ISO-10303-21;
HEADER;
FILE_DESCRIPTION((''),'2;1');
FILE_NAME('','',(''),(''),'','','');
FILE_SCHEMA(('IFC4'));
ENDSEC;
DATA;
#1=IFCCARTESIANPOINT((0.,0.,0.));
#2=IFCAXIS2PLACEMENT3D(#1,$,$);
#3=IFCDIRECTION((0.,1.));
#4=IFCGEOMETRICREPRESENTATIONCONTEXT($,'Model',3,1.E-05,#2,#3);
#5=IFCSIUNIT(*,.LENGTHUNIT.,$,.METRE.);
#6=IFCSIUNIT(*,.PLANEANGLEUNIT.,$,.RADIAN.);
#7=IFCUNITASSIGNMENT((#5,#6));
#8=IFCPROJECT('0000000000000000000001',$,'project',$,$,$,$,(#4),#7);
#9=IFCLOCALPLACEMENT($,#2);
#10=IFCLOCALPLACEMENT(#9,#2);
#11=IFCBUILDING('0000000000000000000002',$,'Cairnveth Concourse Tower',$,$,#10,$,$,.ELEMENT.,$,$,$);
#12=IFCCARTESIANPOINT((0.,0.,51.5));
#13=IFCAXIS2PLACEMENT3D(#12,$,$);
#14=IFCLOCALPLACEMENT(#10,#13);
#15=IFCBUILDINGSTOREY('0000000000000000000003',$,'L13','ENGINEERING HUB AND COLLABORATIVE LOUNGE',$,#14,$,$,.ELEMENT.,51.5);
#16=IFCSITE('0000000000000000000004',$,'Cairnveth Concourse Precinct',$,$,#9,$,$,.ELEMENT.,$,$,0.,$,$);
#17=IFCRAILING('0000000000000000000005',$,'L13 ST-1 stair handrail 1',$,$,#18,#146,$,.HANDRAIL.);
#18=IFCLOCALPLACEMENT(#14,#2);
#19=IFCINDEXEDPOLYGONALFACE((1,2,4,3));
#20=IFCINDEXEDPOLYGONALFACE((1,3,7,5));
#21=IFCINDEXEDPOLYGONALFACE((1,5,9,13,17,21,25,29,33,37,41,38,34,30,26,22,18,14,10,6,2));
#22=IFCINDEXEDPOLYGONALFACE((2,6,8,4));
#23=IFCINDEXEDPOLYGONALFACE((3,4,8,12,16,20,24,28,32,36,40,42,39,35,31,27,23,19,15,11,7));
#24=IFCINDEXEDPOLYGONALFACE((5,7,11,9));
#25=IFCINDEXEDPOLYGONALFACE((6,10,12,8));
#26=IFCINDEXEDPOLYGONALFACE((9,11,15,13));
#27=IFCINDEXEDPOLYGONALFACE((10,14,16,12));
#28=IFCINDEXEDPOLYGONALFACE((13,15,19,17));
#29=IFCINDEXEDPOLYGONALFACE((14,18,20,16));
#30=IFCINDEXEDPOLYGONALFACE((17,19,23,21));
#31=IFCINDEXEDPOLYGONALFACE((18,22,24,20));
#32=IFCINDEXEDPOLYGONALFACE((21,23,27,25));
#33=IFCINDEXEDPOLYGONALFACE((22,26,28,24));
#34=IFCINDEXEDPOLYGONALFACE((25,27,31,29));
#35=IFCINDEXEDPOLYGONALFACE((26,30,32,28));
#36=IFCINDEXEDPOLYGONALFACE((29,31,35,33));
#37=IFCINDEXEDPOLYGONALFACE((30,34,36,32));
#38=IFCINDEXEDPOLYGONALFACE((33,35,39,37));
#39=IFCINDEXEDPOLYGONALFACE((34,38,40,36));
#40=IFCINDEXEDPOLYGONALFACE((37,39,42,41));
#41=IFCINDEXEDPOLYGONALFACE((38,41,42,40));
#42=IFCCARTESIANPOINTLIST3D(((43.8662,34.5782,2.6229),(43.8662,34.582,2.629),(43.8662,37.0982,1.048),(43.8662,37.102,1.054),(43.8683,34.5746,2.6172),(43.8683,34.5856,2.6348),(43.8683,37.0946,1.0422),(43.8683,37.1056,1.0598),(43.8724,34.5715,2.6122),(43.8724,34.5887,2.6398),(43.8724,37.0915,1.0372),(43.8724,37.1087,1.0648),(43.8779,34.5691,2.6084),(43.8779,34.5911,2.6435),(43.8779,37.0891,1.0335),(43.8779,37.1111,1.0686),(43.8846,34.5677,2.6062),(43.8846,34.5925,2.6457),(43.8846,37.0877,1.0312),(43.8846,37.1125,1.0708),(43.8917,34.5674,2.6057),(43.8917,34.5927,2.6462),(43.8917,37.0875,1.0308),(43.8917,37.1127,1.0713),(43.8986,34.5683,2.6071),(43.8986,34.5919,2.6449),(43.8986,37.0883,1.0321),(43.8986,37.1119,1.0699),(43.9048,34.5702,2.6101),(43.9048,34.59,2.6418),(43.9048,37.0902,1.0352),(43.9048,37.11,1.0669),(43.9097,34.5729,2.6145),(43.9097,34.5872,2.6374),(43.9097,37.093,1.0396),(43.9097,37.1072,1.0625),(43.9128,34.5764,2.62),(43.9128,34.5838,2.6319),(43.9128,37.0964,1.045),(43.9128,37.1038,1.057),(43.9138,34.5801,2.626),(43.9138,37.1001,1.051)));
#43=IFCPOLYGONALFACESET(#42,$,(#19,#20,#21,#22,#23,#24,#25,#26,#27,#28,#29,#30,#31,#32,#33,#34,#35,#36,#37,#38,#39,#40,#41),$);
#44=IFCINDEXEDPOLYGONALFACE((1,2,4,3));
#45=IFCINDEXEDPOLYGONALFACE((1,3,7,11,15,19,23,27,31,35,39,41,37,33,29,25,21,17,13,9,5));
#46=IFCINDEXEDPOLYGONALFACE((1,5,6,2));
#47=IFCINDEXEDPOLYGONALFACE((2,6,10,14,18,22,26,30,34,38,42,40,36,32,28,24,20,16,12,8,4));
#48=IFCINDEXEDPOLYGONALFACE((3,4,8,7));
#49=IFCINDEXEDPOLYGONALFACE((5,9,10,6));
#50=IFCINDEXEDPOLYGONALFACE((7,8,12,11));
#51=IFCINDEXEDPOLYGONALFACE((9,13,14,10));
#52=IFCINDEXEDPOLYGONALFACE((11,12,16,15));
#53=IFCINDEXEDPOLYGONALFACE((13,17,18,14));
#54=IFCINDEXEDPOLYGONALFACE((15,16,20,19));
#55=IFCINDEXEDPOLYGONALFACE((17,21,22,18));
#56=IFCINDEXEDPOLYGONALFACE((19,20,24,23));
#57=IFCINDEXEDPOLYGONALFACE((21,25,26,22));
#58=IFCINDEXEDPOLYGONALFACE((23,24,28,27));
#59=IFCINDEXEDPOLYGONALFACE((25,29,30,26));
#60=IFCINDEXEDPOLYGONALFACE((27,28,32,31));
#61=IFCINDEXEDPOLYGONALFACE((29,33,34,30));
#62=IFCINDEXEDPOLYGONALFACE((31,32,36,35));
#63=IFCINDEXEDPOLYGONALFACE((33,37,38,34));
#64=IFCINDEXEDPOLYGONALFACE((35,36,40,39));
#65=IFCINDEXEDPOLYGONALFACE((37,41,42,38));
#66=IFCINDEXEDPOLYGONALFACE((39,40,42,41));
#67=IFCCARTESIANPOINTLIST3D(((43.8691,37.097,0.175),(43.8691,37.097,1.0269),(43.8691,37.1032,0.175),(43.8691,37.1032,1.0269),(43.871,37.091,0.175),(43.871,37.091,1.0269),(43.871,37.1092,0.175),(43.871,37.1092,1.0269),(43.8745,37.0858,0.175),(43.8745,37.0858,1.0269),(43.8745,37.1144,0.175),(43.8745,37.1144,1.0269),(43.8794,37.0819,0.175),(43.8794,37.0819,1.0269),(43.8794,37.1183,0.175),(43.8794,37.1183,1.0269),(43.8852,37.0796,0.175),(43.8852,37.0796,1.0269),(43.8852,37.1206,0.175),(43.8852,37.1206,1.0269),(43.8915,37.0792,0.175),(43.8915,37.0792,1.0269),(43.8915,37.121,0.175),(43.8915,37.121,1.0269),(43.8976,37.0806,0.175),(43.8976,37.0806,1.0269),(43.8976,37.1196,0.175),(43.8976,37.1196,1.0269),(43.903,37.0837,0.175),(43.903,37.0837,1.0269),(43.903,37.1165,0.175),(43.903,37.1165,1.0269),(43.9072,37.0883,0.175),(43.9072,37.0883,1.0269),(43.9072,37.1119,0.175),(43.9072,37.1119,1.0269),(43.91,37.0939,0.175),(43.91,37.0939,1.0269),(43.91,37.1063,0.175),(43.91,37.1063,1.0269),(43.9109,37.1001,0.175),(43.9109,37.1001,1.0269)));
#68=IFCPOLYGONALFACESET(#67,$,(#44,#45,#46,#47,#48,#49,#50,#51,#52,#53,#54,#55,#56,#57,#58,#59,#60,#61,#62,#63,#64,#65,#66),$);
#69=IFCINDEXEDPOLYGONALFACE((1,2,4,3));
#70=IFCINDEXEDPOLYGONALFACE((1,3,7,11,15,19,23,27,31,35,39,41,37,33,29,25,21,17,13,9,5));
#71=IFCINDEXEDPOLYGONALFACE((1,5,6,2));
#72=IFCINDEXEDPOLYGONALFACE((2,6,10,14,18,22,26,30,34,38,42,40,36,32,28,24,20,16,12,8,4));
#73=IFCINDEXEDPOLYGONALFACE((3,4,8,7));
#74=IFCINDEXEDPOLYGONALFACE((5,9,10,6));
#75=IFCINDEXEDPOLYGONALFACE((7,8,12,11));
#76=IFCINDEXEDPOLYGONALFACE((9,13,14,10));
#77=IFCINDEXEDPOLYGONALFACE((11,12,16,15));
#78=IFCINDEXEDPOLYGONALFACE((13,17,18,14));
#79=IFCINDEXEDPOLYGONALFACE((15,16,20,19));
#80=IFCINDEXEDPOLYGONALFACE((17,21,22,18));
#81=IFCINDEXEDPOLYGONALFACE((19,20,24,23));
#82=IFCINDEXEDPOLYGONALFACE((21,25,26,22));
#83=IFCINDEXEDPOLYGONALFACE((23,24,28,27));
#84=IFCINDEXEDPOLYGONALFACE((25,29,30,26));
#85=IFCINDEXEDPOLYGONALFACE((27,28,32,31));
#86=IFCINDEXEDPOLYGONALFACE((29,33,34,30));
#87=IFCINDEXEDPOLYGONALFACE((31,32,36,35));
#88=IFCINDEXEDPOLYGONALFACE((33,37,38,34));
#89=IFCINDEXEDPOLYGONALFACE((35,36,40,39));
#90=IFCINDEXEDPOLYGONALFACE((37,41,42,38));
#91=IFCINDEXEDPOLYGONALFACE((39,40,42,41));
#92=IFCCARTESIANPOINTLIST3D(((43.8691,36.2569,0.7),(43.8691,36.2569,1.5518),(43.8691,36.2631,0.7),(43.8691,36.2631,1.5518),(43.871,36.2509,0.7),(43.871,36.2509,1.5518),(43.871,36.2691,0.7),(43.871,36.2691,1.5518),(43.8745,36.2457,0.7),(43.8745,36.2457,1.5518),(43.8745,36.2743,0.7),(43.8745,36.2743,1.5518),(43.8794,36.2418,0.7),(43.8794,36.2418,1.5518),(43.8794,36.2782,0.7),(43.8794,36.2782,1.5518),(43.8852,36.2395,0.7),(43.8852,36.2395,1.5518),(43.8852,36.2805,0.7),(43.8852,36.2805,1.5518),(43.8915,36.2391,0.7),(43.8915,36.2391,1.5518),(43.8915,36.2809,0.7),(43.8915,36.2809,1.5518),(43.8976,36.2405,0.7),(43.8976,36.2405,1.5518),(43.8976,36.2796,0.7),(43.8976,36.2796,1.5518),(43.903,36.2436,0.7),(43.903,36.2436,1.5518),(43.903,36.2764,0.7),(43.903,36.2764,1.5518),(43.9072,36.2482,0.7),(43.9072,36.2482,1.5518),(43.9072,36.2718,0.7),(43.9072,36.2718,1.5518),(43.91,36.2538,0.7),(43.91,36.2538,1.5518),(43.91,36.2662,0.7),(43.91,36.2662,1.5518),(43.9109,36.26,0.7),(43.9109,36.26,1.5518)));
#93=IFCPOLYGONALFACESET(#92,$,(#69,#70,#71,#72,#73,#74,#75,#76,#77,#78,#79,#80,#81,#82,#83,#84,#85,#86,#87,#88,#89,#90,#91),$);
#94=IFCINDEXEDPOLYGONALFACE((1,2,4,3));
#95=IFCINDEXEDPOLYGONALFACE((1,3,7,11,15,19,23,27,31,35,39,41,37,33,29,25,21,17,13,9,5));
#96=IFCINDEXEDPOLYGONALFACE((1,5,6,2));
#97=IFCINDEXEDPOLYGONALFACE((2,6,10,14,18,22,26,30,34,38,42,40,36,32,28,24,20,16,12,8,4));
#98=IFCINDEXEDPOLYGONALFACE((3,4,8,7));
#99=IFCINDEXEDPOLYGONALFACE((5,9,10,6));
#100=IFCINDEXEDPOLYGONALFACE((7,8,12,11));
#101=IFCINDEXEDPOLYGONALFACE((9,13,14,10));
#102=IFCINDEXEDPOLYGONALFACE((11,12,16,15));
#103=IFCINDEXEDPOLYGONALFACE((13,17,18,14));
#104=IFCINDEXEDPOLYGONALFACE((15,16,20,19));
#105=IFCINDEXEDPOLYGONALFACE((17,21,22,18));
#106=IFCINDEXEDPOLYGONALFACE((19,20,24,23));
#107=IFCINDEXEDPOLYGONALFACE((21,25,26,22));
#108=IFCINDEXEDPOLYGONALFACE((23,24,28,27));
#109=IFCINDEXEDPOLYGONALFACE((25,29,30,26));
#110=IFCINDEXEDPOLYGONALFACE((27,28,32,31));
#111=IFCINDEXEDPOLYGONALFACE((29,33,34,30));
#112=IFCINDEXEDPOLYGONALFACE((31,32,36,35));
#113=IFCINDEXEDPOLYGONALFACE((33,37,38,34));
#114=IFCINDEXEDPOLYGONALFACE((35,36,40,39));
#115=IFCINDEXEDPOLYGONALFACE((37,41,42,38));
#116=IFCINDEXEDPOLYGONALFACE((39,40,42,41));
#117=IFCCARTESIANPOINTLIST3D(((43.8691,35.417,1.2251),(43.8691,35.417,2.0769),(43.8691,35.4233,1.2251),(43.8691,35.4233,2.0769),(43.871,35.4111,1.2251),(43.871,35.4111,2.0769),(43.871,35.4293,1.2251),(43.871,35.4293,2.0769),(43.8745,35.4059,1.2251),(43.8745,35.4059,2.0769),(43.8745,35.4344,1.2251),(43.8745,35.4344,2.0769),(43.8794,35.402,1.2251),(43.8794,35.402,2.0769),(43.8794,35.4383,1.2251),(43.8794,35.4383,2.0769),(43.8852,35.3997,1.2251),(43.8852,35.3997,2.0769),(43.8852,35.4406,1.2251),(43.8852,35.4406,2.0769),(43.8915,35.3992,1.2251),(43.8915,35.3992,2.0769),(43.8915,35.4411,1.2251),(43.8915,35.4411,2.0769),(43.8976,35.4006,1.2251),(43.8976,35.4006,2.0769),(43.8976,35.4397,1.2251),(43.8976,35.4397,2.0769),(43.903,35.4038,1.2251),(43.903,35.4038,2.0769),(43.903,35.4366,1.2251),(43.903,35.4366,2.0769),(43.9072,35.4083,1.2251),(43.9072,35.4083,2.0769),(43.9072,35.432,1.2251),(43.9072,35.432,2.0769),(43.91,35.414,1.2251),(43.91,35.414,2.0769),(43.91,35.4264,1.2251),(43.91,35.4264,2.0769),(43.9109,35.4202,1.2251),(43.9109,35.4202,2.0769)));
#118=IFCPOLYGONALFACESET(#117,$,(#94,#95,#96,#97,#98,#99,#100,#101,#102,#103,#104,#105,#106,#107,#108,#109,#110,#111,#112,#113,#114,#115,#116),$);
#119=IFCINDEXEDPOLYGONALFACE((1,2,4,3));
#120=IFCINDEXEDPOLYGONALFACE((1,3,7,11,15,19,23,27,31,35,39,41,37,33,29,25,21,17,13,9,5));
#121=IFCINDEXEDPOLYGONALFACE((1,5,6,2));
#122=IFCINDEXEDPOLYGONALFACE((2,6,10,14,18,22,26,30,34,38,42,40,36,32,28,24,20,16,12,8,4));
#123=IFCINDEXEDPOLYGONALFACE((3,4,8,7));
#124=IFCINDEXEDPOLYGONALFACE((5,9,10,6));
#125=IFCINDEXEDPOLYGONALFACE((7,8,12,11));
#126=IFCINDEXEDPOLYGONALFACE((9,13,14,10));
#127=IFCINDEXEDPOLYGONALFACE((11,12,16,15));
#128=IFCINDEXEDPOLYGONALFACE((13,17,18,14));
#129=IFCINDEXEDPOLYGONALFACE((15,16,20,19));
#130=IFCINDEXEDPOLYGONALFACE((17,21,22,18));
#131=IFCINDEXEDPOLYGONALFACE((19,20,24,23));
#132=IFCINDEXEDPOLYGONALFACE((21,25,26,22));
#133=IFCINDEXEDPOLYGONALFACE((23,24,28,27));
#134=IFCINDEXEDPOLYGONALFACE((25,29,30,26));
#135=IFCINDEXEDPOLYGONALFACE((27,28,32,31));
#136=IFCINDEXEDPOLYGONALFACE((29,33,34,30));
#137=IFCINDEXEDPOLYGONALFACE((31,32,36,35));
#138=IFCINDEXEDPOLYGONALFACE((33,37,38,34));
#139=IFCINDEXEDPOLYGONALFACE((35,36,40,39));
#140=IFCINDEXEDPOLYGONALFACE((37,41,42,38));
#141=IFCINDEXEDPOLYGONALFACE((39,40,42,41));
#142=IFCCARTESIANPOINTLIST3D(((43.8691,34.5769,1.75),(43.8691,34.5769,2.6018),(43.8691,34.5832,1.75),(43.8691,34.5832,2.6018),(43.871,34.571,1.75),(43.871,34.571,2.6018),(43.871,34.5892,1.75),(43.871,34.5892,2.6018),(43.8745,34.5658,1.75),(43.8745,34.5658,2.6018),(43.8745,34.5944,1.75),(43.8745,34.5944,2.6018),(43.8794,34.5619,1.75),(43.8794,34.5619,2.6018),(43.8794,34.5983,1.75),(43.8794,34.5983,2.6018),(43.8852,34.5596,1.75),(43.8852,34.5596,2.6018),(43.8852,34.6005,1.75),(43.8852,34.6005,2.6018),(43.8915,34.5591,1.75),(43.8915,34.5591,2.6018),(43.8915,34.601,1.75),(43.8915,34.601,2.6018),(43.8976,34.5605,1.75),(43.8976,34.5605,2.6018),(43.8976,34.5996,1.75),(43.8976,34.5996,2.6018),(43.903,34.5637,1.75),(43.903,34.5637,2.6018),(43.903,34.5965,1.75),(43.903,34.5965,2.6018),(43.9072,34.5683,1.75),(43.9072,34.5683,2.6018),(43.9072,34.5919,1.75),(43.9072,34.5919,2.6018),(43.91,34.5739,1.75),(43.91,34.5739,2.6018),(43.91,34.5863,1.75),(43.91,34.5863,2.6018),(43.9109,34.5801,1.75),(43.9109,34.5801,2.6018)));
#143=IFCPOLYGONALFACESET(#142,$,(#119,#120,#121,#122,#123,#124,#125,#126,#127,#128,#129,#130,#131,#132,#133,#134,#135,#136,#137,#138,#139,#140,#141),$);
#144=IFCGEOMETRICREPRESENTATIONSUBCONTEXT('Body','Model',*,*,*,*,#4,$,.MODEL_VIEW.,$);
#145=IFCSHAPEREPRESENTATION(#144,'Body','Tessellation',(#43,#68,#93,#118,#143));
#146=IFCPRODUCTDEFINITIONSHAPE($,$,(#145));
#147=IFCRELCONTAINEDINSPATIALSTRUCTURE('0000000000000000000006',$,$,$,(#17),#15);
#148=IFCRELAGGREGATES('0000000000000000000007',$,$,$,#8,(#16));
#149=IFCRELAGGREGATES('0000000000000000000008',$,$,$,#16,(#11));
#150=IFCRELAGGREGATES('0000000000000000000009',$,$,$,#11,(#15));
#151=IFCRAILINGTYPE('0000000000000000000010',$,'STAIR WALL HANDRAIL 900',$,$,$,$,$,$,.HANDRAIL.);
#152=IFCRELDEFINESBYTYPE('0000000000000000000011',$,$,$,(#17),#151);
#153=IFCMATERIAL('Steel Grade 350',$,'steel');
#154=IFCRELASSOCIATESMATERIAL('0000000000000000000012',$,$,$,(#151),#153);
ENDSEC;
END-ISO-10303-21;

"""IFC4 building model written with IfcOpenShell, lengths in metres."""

from ifc_helpers import new_model, si_unit, direction, frame, origin, origin_2d, place, context, subcontext, project, spatial, circle, extrude, material, type_object, element, save


model = new_model("IFC4")

# Units and contexts
model_context = context("Model", 3, precision=1e-05, world=origin(), true_north=direction((0.0, 1.0)))
body_context = subcontext(model_context, "Body", "Model", "MODEL_VIEW")
ifc_project = project(units=[si_unit("LENGTHUNIT", "METRE"), si_unit("PLANEANGLEUNIT", "RADIAN")], contexts=[model_context])

# Site, building, storey
site_placement = place(None, origin())
site = spatial("IfcSite", under=ifc_project, at=site_placement, Name="Cairnveth Concourse Precinct", CompositionType="ELEMENT", RefElevation=0.0)
building_placement = place(site_placement, origin())
building = spatial("IfcBuilding", under=site, at=building_placement, Name="Cairnveth Concourse Tower", CompositionType="ELEMENT")
storey_placement = place(building_placement, frame((0.0, 0.0, 51.5)))
storey = spatial("IfcBuildingStorey", under=building, at=storey_placement, Name="L13", Description="ENGINEERING HUB AND COLLABORATIVE LOUNGE", CompositionType="ELEMENT", Elevation=51.5)

# Railing
ifc_material_1 = material(Name="Steel Grade 350", Category="steel")
railing_type_1 = type_object("IfcRailingType", Name="STAIR WALL HANDRAIL 900", PredefinedType="HANDRAIL", material=ifc_material_1)
railing_1_placement = place(storey_placement, frame((43.8899, 37.1001, 0.175)))
element("IfcRailing", 1, at=railing_1_placement, inside=storey, type_object=railing_type_1, Name="L13 ST-1 stair handrail 1", PredefinedType="HANDRAIL", context=body_context, shape_type="SweptSolid", body=[
    extrude(circle(Radius=0.0239, at=origin_2d()), frame((0.0, 0.0, 0.876), z_axis=(0.0, -0.848008, 0.529984), x_axis=(1.0, 0.0, 0.0)), (0.0, 0.0, 1.0), 2.9717),
    extrude(circle(Radius=0.021, at=origin_2d()), origin(), (0.0, 0.0, 1.0), 0.8518),
    extrude(circle(Radius=0.021, at=origin_2d()), frame((0.0, -0.8401, 0.5249)), (0.0, 0.0, 1.0), 0.8518),
    extrude(circle(Radius=0.021, at=origin_2d()), frame((0.0, -1.6799, 1.05)), (0.0, 0.0, 1.0), 0.8518),
    extrude(circle(Radius=0.021, at=origin_2d()), frame((0.0, -2.52, 1.575)), (0.0, 0.0, 1.0), 0.8518),
])

save(model, "model.ifc")
